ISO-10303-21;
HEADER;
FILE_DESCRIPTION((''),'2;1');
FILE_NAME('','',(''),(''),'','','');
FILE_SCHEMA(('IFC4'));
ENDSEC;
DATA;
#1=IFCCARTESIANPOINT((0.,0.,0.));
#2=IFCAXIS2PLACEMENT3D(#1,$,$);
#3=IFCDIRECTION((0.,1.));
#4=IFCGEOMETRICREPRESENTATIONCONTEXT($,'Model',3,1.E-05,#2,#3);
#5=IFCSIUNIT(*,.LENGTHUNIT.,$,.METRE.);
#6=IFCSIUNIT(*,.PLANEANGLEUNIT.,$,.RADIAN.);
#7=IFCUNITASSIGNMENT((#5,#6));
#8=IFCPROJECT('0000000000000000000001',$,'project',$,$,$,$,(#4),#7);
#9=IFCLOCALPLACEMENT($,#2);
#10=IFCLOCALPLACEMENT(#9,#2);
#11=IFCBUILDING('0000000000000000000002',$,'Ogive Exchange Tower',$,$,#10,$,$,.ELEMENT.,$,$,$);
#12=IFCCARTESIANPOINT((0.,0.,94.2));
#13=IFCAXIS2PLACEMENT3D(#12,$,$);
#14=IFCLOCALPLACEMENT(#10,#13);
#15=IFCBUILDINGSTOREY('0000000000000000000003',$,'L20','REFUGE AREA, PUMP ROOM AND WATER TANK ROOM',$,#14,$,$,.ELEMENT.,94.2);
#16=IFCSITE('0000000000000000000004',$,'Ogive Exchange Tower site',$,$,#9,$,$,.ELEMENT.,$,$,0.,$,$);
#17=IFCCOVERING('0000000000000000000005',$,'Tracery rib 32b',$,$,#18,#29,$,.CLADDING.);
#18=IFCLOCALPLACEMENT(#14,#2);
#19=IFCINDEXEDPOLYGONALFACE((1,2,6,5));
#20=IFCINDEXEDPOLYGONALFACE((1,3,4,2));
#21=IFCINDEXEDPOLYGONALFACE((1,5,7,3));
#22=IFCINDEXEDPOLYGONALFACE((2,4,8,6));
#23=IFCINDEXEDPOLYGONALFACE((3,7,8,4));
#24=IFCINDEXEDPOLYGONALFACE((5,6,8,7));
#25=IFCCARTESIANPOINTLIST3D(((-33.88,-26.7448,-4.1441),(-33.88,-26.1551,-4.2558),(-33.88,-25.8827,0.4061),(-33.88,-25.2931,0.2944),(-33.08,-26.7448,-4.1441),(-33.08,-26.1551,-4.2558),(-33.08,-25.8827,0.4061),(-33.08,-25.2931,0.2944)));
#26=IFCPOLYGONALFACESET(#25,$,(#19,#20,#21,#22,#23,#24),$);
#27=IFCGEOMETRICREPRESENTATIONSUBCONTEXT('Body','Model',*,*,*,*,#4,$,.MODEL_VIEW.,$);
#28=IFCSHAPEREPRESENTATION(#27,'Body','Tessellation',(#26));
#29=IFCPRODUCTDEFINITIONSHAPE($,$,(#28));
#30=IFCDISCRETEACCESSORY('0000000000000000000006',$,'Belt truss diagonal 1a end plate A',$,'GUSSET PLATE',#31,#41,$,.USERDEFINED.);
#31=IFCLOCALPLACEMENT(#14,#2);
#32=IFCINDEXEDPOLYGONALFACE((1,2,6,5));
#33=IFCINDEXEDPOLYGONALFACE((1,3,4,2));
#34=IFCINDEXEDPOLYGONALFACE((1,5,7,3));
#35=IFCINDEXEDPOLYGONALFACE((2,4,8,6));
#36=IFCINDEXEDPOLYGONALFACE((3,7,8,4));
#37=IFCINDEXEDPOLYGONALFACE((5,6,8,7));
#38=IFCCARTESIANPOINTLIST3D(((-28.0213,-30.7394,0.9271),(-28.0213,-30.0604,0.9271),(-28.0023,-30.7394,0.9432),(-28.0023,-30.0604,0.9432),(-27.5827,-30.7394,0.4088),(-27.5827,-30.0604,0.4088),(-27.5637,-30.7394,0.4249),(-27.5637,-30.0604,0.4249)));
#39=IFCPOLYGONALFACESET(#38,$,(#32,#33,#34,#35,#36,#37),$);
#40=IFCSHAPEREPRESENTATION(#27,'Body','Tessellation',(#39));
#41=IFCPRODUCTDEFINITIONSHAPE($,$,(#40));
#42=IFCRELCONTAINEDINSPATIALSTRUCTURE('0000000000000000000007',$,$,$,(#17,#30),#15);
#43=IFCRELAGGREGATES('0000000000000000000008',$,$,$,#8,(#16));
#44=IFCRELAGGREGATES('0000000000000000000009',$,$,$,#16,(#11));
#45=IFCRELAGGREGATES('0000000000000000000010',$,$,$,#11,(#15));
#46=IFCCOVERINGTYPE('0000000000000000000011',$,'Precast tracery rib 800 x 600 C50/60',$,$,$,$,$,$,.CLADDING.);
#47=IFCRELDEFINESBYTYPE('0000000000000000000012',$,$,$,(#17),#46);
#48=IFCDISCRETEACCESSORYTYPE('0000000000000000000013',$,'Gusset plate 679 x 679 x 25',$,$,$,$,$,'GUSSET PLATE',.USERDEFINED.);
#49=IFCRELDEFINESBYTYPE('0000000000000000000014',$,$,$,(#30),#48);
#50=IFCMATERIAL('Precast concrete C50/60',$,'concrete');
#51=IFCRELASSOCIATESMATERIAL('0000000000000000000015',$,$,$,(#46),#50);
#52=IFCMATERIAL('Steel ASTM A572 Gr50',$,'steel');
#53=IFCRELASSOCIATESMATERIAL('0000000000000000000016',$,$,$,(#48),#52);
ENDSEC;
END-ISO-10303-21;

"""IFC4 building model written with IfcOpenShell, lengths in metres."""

from ifc_helpers import new_model, si_unit, direction, frame, origin, origin_2d, place, context, subcontext, project, spatial, rectangle, extrude, material, material_profile, profile_set, type_object, element, save


model = new_model("IFC4")

# Units and contexts
model_context = context("Model", 3, precision=1e-05, world=origin(), true_north=direction((0.0, 1.0)))
body_context = subcontext(model_context, "Body", "Model", "MODEL_VIEW")
ifc_project = project(units=[si_unit("LENGTHUNIT", "METRE"), si_unit("PLANEANGLEUNIT", "RADIAN")], contexts=[model_context])

# Site, building, storey
site_placement = place(None, origin())
site = spatial("IfcSite", under=ifc_project, at=site_placement, Name="Ogive Exchange Tower site", CompositionType="ELEMENT", RefElevation=0.0)
building_placement = place(site_placement, origin())
building = spatial("IfcBuilding", under=site, at=building_placement, Name="Ogive Exchange Tower", CompositionType="ELEMENT")
storey_placement = place(building_placement, frame((0.0, 0.0, 94.2)))
storey = spatial("IfcBuildingStorey", under=building, at=storey_placement, Name="L20", Description="REFUGE AREA, PUMP ROOM AND WATER TANK ROOM", CompositionType="ELEMENT", Elevation=94.2)

# Covering
ifc_material_1 = material(Name="Precast concrete C50/60", Category="concrete")
ifc_material_profile_1 = material_profile(ifc_material_1, rectangle(XDim=0.8, YDim=0.6001, at=origin_2d()), Name="RIB 800 x 600")
ifc_profile_set_1 = profile_set([ifc_material_profile_1], Name="Precast concrete C50/60")
covering_type = type_object("IfcCoveringType", Name="Precast tracery rib 800 x 600 C50/60", PredefinedType="CLADDING", material=ifc_profile_set_1)
covering_1_placement = place(storey_placement, frame((-33.48, -26.45, -4.2), z_axis=(0.0, 0.18615, 0.982521), x_axis=(-1.0, 0.0, 0.0)))
element("IfcCovering", 1, at=covering_1_placement, inside=storey, type_object=covering_type, Name="Tracery rib 32b", PredefinedType="CLADDING", context=body_context, shape_type="SweptSolid", body=[
    extrude(rectangle(XDim=0.8, YDim=0.6001, at=origin_2d()), origin(), (0.0, 0.0, 1.0), 4.6311),
])

# Discrete accessory
ifc_material_2 = material(Name="Steel ASTM A572 Gr50", Category="steel")
ifc_material_profile_2 = material_profile(ifc_material_2, rectangle(XDim=0.679, YDim=0.679, at=origin_2d()), Name="PL 679 x 679 x 25")
ifc_profile_set_2 = profile_set([ifc_material_profile_2], Name="Steel ASTM A572 Gr50")
discrete_accessory_type = type_object("IfcDiscreteAccessoryType", Name="Gusset plate 679 x 679 x 25", ElementType="GUSSET PLATE", PredefinedType="USERDEFINED", material=ifc_profile_set_2)
discrete_accessory_placement = place(storey_placement, frame((-27.802, -30.3999, 0.668), z_axis=(0.763386, 0.0, 0.645942), x_axis=(0.0, 1.0, 0.0)))
element("IfcDiscreteAccessory", 2, at=discrete_accessory_placement, inside=storey, type_object=discrete_accessory_type, Name="Belt truss diagonal 1a end plate A", ObjectType="GUSSET PLATE", PredefinedType="USERDEFINED", context=body_context, shape_type="SweptSolid", body=[
    extrude(rectangle(XDim=0.679, YDim=0.679, at=origin_2d()), origin(), (0.0, 0.0, 1.0), 0.0249),
])

save(model, "model.ifc")
